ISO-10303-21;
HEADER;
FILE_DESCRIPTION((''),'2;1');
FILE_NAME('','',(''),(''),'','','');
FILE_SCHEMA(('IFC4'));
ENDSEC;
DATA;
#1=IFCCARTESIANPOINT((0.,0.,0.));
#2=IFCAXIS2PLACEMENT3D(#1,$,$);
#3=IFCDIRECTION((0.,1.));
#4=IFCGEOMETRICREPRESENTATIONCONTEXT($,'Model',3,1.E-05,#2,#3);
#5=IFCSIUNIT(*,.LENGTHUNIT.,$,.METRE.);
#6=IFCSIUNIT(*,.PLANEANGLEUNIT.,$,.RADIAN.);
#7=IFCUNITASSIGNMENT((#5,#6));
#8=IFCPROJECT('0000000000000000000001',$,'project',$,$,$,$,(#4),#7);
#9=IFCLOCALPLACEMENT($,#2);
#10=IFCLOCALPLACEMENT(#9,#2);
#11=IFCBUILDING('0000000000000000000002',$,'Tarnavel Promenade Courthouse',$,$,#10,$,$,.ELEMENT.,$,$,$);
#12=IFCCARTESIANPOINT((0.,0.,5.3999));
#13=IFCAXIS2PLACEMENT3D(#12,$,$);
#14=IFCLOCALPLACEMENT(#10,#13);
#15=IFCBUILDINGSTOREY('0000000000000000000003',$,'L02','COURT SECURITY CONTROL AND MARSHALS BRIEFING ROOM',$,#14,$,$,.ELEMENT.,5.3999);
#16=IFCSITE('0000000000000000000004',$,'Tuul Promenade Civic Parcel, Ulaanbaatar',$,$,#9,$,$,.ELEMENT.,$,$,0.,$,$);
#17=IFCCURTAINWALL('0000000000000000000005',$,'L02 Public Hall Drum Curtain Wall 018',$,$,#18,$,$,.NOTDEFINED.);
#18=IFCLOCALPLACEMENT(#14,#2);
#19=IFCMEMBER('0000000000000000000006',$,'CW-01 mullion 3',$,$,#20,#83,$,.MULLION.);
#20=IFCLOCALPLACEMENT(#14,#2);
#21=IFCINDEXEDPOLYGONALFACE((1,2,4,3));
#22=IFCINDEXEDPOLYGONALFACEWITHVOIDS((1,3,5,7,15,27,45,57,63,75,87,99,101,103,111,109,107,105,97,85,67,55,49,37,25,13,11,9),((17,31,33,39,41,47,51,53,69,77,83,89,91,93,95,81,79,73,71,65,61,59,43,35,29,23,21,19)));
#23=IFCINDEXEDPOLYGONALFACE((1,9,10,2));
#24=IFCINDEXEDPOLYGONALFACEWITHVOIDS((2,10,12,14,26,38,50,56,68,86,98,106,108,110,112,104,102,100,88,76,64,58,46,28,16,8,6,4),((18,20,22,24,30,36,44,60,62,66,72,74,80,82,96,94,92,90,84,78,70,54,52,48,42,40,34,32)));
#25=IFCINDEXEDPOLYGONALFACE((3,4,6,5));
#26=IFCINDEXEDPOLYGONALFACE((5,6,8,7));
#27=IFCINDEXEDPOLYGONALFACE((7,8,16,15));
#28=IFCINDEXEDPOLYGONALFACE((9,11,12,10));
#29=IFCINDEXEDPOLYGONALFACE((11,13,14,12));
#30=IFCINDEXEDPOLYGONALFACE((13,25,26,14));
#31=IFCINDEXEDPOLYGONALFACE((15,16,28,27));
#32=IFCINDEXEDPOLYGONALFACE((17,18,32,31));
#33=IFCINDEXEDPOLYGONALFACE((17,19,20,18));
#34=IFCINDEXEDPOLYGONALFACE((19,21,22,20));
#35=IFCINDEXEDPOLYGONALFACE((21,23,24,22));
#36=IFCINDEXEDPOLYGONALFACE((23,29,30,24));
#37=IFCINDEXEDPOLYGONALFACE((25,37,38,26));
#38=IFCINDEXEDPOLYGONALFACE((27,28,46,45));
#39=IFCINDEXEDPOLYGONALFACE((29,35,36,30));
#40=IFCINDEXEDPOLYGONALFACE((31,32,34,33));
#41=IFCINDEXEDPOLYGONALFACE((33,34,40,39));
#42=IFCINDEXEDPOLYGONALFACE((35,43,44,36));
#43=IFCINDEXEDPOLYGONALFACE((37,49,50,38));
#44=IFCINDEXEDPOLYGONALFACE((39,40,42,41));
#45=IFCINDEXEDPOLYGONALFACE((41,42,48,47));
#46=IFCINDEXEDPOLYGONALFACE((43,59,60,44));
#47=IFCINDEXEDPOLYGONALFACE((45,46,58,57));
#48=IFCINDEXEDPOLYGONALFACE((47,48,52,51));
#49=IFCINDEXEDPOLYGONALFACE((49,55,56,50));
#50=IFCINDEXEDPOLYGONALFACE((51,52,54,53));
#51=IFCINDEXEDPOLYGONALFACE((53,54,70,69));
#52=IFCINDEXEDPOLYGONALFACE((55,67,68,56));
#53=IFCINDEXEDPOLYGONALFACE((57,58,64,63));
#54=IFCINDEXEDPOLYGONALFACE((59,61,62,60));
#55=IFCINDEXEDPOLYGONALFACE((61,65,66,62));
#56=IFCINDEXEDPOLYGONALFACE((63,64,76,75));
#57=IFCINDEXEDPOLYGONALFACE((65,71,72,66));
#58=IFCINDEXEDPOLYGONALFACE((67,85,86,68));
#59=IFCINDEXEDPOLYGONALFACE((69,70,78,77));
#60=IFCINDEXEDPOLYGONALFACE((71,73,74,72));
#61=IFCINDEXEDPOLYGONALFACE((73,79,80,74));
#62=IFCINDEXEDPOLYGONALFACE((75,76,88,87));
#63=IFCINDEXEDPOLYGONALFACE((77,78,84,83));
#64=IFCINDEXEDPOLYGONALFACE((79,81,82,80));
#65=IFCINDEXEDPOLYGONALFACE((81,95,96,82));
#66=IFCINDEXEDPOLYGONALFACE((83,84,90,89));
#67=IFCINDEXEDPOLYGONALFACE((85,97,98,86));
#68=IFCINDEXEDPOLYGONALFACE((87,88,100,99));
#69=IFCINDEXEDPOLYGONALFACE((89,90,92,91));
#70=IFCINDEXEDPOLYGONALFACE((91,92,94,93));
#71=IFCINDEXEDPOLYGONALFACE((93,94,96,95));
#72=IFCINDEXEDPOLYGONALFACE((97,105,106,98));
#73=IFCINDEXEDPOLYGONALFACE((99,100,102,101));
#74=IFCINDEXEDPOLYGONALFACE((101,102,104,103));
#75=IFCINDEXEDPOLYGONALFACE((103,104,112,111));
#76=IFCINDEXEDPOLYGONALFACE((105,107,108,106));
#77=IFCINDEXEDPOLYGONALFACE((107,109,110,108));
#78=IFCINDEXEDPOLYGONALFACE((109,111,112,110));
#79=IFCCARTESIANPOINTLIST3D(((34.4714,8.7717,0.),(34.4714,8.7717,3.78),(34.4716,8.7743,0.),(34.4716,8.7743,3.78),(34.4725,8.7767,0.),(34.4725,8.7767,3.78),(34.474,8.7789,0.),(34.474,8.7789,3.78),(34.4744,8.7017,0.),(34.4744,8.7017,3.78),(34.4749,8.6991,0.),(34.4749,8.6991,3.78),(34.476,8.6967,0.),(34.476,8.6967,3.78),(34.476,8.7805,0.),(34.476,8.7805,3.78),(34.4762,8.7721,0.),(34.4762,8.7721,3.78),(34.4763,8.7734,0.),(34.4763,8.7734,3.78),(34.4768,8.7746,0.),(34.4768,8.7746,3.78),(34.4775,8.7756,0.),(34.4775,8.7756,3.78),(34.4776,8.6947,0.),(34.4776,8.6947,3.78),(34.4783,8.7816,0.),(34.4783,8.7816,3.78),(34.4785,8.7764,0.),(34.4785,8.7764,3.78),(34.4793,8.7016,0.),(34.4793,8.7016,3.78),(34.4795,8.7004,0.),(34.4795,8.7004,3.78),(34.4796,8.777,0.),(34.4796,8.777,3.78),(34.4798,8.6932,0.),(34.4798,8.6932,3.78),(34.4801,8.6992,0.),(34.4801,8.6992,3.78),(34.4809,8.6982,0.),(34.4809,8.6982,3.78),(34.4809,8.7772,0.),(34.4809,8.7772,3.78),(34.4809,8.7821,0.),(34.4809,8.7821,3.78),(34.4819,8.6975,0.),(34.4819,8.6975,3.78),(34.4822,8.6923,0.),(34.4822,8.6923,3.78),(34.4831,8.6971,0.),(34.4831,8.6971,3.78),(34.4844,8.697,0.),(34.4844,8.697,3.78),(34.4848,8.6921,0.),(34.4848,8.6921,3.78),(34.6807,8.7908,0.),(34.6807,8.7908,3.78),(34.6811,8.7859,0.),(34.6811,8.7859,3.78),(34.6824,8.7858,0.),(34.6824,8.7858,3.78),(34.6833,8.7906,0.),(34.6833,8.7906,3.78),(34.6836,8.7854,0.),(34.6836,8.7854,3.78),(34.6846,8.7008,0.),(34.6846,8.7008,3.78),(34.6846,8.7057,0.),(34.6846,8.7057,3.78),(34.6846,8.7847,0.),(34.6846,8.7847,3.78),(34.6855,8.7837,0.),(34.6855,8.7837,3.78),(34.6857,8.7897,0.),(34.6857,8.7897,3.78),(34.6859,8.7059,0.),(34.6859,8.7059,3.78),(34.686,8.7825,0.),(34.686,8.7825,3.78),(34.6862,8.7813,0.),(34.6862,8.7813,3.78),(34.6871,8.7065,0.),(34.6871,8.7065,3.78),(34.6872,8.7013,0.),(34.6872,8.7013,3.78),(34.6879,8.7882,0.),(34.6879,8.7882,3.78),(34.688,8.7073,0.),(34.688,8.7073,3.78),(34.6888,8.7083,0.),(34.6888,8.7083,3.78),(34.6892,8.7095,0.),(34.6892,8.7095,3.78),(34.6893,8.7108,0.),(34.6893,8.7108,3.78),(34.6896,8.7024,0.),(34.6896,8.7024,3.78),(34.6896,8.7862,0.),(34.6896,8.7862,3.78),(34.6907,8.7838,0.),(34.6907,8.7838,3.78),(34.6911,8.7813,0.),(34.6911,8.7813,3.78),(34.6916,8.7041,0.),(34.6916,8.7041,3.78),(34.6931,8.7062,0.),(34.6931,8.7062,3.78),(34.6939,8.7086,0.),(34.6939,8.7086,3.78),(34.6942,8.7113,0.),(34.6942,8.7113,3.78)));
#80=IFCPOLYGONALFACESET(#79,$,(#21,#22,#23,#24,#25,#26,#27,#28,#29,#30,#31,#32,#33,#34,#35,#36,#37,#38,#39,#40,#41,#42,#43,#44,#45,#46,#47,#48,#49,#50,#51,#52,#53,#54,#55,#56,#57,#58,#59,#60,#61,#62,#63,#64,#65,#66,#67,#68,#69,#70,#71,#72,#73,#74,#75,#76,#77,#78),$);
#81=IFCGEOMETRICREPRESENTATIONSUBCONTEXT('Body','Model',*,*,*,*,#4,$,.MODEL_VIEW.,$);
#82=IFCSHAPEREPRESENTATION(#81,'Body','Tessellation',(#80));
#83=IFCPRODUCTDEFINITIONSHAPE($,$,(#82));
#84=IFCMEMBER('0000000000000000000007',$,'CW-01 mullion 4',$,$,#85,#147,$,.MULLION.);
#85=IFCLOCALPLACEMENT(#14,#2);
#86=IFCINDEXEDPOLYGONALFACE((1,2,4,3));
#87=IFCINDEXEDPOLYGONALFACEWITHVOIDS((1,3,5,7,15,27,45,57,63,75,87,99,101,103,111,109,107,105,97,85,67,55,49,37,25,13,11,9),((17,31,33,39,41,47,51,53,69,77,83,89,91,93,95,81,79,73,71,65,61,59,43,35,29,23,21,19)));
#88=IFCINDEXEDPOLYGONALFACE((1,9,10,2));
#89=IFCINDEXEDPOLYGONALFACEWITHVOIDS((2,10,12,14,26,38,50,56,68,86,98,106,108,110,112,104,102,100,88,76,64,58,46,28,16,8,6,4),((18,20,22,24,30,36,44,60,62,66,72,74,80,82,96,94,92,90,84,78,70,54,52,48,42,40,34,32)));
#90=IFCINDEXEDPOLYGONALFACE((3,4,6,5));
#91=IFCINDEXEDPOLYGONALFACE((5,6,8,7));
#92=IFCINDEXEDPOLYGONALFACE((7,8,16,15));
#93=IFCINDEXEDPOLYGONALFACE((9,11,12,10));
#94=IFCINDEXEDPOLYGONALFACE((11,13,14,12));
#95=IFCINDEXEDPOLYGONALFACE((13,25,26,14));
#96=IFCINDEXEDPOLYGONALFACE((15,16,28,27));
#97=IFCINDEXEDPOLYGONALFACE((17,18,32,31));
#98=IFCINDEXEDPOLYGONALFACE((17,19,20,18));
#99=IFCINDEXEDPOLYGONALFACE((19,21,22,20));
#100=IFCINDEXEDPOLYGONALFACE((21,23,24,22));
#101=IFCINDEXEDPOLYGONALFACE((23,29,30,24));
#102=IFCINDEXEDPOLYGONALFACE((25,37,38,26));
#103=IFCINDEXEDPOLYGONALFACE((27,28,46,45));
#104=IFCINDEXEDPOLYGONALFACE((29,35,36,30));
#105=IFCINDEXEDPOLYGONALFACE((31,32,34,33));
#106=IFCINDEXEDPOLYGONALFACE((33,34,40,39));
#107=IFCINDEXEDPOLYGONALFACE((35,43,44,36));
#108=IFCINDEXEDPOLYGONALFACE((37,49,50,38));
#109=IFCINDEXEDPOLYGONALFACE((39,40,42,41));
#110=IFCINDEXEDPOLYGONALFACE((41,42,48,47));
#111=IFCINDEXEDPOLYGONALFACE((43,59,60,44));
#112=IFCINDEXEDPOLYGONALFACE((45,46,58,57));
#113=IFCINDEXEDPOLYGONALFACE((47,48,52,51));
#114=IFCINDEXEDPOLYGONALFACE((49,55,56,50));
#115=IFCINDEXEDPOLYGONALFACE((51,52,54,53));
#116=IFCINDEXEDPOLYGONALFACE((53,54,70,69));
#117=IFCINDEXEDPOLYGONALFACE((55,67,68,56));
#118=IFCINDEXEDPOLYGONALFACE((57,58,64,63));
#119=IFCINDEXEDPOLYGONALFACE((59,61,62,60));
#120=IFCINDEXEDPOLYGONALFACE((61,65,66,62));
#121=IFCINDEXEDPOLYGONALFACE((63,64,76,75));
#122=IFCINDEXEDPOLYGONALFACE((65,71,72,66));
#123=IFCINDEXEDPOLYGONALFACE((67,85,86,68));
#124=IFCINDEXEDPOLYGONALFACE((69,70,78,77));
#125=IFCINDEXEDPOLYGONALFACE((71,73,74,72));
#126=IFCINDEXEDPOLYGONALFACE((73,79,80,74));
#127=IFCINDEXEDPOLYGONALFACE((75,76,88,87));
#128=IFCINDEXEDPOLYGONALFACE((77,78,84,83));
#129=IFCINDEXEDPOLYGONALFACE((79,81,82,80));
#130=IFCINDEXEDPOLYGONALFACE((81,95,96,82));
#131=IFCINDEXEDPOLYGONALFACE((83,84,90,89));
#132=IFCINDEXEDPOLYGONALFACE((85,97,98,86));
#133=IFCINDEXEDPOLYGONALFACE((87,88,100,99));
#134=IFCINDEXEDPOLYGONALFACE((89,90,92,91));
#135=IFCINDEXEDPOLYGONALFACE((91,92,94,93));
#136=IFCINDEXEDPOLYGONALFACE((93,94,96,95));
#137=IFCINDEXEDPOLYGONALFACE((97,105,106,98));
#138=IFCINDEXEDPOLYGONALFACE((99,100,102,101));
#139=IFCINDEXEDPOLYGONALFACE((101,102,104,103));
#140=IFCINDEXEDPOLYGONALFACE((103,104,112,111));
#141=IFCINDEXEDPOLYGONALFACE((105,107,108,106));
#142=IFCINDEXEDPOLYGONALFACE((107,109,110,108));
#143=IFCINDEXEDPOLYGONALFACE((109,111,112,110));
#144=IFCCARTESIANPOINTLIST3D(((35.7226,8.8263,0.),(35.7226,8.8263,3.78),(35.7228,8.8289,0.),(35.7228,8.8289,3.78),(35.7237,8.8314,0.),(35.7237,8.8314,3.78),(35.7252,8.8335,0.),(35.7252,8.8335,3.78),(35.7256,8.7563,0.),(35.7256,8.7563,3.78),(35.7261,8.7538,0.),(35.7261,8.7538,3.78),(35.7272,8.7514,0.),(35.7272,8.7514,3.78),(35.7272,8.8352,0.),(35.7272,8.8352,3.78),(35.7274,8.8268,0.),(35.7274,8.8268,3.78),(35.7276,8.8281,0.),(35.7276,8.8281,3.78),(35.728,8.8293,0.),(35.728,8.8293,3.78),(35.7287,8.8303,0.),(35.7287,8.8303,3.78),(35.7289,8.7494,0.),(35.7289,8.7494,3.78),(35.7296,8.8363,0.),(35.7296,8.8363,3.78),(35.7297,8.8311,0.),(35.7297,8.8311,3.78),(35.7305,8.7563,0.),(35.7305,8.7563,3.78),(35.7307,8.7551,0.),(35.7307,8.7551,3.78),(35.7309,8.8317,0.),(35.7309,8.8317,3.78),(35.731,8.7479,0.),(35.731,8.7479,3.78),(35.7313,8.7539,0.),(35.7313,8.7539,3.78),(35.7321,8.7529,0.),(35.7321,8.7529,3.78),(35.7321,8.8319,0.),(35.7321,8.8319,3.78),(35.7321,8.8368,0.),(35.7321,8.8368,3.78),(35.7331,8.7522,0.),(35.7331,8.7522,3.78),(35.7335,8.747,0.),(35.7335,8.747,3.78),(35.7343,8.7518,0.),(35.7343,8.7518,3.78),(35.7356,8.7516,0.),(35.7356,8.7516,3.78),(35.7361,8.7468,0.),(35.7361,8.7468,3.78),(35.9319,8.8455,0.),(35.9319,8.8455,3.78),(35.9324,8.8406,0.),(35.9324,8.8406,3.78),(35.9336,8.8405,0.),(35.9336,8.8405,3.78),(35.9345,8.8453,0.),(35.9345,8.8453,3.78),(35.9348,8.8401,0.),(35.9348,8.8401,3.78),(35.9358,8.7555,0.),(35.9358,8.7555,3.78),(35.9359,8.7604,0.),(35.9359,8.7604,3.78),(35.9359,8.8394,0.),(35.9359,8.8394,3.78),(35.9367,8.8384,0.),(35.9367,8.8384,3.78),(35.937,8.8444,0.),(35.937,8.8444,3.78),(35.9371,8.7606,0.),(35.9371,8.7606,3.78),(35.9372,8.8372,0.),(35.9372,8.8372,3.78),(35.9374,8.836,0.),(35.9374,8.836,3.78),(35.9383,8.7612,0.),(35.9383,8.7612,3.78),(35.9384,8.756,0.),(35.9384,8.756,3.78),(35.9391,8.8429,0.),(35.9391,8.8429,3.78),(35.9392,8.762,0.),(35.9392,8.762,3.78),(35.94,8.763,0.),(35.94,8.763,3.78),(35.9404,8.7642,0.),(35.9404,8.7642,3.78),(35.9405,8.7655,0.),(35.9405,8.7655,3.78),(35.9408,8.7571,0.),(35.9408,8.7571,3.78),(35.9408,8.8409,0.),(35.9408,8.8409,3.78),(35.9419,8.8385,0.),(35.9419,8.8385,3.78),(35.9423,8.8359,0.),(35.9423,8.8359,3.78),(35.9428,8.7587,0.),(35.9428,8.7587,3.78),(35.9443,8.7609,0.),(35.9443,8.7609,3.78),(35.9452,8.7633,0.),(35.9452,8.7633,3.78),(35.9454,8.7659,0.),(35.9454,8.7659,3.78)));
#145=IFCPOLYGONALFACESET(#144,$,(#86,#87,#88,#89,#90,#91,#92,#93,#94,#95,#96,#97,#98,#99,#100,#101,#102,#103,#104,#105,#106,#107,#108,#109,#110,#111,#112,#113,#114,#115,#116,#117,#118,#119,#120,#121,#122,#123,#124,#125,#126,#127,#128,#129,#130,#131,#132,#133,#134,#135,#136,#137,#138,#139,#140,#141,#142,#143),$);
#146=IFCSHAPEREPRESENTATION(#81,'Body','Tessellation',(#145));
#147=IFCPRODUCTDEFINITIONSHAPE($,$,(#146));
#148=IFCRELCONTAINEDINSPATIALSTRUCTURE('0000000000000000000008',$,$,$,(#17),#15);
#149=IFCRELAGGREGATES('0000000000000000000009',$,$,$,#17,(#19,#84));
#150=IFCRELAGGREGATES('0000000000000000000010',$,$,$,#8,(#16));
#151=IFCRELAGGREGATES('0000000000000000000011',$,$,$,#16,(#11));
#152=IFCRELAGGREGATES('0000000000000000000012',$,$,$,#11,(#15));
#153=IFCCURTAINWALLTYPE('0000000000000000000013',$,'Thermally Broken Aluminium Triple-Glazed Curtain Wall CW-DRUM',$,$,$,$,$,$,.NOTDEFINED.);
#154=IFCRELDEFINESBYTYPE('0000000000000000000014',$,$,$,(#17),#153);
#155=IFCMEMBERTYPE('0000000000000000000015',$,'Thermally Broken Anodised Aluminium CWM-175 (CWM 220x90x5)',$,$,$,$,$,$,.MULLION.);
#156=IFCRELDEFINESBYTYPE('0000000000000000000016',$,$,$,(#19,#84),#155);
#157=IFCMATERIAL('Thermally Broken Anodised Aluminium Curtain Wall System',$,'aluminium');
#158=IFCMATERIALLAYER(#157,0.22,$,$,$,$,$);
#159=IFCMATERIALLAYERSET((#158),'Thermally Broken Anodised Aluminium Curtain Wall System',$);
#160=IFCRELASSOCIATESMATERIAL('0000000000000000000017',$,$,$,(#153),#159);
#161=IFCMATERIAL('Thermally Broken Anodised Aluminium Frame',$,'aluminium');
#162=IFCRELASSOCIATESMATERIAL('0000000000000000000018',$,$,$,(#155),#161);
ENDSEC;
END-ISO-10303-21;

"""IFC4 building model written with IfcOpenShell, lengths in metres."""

from ifc_helpers import new_model, si_unit, direction, frame, origin, origin_2d, place, context, subcontext, project, spatial, hollow_rectangle, extrude, material, layer, layer_set, material_profile, profile_set, type_object, element, aggregate, save


model = new_model("IFC4")

# Units and contexts
model_context = context("Model", 3, precision=1e-05, world=origin(), true_north=direction((0.0, 1.0)))
body_context = subcontext(model_context, "Body", "Model", "MODEL_VIEW")
ifc_project = project(units=[si_unit("LENGTHUNIT", "METRE"), si_unit("PLANEANGLEUNIT", "RADIAN")], contexts=[model_context])

# Site, building, storey
site_placement = place(None, origin())
site = spatial("IfcSite", under=ifc_project, at=site_placement, Name="Tuul Promenade Civic Parcel, Ulaanbaatar", CompositionType="ELEMENT", RefElevation=0.0)
building_placement = place(site_placement, origin())
building = spatial("IfcBuilding", under=site, at=building_placement, Name="Tarnavel Promenade Courthouse", CompositionType="ELEMENT")
storey_placement = place(building_placement, frame((0.0, 0.0, 5.3999)))
storey = spatial("IfcBuildingStorey", under=building, at=storey_placement, Name="L02", Description="COURT SECURITY CONTROL AND MARSHALS BRIEFING ROOM", CompositionType="ELEMENT", Elevation=5.3999)

# Curtain wall, members
ifc_material_1 = material(Name="Thermally Broken Anodised Aluminium Curtain Wall System", Category="aluminium")
ifc_layer_1 = layer(ifc_material_1, 0.22)
ifc_layer_set_1 = layer_set([ifc_layer_1], Name="Thermally Broken Anodised Aluminium Curtain Wall System")
curtain_wall_type = type_object("IfcCurtainWallType", Name="Thermally Broken Aluminium Triple-Glazed Curtain Wall CW-DRUM", PredefinedType="NOTDEFINED", material=ifc_layer_set_1)
curtain_wall_1_placement = place(storey_placement, origin())
curtain_wall_1 = element("IfcCurtainWall", 1, at=curtain_wall_1_placement, inside=storey, type_object=curtain_wall_type, Name="L02 Public Hall Drum Curtain Wall 018", PredefinedType="NOTDEFINED")
ifc_material_2 = material(Name="Thermally Broken Anodised Aluminium Frame", Category="aluminium")
ifc_material_profile_1 = material_profile(ifc_material_2, hollow_rectangle(XDim=0.0901, YDim=0.22, WallThickness=0.0049, InnerFilletRadius=0.0049, OuterFilletRadius=0.01, at=origin_2d()), Name="CWM 220x90x5")
ifc_profile_set_1 = profile_set([ifc_material_profile_1], Name="Thermally Broken Anodised Aluminium Frame")
member_type_1 = type_object("IfcMemberType", Name="Thermally Broken Anodised Aluminium CWM-175 (CWM 220x90x5)", PredefinedType="MULLION", material=ifc_profile_set_1)
member_1_placement = place(storey_placement, frame((34.5828, 8.7415, 0.0), z_axis=(0.0, 0.0, 1.0), x_axis=(-0.043619, 0.999048, 0.0)))
member_1 = element("IfcMember", 2, at=member_1_placement, type_object=member_type_1, Name="CW-01 mullion 3", PredefinedType="MULLION", context=body_context, shape_type="SweptSolid", body=[
    extrude(hollow_rectangle(XDim=0.0901, YDim=0.22, WallThickness=0.0049, InnerFilletRadius=0.0049, OuterFilletRadius=0.01, at=origin_2d()), origin(), (0.0, 0.0, 1.0), 3.78),
])
member_2_placement = place(storey_placement, frame((35.834, 8.7961, 0.0), z_axis=(0.0, 0.0, 1.0), x_axis=(-0.043619, 0.999048, 0.0)))
member_2 = element("IfcMember", 3, at=member_2_placement, type_object=member_type_1, Name="CW-01 mullion 4", PredefinedType="MULLION", context=body_context, shape_type="SweptSolid", body=[
    extrude(hollow_rectangle(XDim=0.0901, YDim=0.22, WallThickness=0.0049, InnerFilletRadius=0.0049, OuterFilletRadius=0.01, at=origin_2d()), origin(), (0.0, 0.0, 1.0), 3.78),
])

aggregate(curtain_wall_1, [member_1, member_2])

save(model, "model.ifc")
